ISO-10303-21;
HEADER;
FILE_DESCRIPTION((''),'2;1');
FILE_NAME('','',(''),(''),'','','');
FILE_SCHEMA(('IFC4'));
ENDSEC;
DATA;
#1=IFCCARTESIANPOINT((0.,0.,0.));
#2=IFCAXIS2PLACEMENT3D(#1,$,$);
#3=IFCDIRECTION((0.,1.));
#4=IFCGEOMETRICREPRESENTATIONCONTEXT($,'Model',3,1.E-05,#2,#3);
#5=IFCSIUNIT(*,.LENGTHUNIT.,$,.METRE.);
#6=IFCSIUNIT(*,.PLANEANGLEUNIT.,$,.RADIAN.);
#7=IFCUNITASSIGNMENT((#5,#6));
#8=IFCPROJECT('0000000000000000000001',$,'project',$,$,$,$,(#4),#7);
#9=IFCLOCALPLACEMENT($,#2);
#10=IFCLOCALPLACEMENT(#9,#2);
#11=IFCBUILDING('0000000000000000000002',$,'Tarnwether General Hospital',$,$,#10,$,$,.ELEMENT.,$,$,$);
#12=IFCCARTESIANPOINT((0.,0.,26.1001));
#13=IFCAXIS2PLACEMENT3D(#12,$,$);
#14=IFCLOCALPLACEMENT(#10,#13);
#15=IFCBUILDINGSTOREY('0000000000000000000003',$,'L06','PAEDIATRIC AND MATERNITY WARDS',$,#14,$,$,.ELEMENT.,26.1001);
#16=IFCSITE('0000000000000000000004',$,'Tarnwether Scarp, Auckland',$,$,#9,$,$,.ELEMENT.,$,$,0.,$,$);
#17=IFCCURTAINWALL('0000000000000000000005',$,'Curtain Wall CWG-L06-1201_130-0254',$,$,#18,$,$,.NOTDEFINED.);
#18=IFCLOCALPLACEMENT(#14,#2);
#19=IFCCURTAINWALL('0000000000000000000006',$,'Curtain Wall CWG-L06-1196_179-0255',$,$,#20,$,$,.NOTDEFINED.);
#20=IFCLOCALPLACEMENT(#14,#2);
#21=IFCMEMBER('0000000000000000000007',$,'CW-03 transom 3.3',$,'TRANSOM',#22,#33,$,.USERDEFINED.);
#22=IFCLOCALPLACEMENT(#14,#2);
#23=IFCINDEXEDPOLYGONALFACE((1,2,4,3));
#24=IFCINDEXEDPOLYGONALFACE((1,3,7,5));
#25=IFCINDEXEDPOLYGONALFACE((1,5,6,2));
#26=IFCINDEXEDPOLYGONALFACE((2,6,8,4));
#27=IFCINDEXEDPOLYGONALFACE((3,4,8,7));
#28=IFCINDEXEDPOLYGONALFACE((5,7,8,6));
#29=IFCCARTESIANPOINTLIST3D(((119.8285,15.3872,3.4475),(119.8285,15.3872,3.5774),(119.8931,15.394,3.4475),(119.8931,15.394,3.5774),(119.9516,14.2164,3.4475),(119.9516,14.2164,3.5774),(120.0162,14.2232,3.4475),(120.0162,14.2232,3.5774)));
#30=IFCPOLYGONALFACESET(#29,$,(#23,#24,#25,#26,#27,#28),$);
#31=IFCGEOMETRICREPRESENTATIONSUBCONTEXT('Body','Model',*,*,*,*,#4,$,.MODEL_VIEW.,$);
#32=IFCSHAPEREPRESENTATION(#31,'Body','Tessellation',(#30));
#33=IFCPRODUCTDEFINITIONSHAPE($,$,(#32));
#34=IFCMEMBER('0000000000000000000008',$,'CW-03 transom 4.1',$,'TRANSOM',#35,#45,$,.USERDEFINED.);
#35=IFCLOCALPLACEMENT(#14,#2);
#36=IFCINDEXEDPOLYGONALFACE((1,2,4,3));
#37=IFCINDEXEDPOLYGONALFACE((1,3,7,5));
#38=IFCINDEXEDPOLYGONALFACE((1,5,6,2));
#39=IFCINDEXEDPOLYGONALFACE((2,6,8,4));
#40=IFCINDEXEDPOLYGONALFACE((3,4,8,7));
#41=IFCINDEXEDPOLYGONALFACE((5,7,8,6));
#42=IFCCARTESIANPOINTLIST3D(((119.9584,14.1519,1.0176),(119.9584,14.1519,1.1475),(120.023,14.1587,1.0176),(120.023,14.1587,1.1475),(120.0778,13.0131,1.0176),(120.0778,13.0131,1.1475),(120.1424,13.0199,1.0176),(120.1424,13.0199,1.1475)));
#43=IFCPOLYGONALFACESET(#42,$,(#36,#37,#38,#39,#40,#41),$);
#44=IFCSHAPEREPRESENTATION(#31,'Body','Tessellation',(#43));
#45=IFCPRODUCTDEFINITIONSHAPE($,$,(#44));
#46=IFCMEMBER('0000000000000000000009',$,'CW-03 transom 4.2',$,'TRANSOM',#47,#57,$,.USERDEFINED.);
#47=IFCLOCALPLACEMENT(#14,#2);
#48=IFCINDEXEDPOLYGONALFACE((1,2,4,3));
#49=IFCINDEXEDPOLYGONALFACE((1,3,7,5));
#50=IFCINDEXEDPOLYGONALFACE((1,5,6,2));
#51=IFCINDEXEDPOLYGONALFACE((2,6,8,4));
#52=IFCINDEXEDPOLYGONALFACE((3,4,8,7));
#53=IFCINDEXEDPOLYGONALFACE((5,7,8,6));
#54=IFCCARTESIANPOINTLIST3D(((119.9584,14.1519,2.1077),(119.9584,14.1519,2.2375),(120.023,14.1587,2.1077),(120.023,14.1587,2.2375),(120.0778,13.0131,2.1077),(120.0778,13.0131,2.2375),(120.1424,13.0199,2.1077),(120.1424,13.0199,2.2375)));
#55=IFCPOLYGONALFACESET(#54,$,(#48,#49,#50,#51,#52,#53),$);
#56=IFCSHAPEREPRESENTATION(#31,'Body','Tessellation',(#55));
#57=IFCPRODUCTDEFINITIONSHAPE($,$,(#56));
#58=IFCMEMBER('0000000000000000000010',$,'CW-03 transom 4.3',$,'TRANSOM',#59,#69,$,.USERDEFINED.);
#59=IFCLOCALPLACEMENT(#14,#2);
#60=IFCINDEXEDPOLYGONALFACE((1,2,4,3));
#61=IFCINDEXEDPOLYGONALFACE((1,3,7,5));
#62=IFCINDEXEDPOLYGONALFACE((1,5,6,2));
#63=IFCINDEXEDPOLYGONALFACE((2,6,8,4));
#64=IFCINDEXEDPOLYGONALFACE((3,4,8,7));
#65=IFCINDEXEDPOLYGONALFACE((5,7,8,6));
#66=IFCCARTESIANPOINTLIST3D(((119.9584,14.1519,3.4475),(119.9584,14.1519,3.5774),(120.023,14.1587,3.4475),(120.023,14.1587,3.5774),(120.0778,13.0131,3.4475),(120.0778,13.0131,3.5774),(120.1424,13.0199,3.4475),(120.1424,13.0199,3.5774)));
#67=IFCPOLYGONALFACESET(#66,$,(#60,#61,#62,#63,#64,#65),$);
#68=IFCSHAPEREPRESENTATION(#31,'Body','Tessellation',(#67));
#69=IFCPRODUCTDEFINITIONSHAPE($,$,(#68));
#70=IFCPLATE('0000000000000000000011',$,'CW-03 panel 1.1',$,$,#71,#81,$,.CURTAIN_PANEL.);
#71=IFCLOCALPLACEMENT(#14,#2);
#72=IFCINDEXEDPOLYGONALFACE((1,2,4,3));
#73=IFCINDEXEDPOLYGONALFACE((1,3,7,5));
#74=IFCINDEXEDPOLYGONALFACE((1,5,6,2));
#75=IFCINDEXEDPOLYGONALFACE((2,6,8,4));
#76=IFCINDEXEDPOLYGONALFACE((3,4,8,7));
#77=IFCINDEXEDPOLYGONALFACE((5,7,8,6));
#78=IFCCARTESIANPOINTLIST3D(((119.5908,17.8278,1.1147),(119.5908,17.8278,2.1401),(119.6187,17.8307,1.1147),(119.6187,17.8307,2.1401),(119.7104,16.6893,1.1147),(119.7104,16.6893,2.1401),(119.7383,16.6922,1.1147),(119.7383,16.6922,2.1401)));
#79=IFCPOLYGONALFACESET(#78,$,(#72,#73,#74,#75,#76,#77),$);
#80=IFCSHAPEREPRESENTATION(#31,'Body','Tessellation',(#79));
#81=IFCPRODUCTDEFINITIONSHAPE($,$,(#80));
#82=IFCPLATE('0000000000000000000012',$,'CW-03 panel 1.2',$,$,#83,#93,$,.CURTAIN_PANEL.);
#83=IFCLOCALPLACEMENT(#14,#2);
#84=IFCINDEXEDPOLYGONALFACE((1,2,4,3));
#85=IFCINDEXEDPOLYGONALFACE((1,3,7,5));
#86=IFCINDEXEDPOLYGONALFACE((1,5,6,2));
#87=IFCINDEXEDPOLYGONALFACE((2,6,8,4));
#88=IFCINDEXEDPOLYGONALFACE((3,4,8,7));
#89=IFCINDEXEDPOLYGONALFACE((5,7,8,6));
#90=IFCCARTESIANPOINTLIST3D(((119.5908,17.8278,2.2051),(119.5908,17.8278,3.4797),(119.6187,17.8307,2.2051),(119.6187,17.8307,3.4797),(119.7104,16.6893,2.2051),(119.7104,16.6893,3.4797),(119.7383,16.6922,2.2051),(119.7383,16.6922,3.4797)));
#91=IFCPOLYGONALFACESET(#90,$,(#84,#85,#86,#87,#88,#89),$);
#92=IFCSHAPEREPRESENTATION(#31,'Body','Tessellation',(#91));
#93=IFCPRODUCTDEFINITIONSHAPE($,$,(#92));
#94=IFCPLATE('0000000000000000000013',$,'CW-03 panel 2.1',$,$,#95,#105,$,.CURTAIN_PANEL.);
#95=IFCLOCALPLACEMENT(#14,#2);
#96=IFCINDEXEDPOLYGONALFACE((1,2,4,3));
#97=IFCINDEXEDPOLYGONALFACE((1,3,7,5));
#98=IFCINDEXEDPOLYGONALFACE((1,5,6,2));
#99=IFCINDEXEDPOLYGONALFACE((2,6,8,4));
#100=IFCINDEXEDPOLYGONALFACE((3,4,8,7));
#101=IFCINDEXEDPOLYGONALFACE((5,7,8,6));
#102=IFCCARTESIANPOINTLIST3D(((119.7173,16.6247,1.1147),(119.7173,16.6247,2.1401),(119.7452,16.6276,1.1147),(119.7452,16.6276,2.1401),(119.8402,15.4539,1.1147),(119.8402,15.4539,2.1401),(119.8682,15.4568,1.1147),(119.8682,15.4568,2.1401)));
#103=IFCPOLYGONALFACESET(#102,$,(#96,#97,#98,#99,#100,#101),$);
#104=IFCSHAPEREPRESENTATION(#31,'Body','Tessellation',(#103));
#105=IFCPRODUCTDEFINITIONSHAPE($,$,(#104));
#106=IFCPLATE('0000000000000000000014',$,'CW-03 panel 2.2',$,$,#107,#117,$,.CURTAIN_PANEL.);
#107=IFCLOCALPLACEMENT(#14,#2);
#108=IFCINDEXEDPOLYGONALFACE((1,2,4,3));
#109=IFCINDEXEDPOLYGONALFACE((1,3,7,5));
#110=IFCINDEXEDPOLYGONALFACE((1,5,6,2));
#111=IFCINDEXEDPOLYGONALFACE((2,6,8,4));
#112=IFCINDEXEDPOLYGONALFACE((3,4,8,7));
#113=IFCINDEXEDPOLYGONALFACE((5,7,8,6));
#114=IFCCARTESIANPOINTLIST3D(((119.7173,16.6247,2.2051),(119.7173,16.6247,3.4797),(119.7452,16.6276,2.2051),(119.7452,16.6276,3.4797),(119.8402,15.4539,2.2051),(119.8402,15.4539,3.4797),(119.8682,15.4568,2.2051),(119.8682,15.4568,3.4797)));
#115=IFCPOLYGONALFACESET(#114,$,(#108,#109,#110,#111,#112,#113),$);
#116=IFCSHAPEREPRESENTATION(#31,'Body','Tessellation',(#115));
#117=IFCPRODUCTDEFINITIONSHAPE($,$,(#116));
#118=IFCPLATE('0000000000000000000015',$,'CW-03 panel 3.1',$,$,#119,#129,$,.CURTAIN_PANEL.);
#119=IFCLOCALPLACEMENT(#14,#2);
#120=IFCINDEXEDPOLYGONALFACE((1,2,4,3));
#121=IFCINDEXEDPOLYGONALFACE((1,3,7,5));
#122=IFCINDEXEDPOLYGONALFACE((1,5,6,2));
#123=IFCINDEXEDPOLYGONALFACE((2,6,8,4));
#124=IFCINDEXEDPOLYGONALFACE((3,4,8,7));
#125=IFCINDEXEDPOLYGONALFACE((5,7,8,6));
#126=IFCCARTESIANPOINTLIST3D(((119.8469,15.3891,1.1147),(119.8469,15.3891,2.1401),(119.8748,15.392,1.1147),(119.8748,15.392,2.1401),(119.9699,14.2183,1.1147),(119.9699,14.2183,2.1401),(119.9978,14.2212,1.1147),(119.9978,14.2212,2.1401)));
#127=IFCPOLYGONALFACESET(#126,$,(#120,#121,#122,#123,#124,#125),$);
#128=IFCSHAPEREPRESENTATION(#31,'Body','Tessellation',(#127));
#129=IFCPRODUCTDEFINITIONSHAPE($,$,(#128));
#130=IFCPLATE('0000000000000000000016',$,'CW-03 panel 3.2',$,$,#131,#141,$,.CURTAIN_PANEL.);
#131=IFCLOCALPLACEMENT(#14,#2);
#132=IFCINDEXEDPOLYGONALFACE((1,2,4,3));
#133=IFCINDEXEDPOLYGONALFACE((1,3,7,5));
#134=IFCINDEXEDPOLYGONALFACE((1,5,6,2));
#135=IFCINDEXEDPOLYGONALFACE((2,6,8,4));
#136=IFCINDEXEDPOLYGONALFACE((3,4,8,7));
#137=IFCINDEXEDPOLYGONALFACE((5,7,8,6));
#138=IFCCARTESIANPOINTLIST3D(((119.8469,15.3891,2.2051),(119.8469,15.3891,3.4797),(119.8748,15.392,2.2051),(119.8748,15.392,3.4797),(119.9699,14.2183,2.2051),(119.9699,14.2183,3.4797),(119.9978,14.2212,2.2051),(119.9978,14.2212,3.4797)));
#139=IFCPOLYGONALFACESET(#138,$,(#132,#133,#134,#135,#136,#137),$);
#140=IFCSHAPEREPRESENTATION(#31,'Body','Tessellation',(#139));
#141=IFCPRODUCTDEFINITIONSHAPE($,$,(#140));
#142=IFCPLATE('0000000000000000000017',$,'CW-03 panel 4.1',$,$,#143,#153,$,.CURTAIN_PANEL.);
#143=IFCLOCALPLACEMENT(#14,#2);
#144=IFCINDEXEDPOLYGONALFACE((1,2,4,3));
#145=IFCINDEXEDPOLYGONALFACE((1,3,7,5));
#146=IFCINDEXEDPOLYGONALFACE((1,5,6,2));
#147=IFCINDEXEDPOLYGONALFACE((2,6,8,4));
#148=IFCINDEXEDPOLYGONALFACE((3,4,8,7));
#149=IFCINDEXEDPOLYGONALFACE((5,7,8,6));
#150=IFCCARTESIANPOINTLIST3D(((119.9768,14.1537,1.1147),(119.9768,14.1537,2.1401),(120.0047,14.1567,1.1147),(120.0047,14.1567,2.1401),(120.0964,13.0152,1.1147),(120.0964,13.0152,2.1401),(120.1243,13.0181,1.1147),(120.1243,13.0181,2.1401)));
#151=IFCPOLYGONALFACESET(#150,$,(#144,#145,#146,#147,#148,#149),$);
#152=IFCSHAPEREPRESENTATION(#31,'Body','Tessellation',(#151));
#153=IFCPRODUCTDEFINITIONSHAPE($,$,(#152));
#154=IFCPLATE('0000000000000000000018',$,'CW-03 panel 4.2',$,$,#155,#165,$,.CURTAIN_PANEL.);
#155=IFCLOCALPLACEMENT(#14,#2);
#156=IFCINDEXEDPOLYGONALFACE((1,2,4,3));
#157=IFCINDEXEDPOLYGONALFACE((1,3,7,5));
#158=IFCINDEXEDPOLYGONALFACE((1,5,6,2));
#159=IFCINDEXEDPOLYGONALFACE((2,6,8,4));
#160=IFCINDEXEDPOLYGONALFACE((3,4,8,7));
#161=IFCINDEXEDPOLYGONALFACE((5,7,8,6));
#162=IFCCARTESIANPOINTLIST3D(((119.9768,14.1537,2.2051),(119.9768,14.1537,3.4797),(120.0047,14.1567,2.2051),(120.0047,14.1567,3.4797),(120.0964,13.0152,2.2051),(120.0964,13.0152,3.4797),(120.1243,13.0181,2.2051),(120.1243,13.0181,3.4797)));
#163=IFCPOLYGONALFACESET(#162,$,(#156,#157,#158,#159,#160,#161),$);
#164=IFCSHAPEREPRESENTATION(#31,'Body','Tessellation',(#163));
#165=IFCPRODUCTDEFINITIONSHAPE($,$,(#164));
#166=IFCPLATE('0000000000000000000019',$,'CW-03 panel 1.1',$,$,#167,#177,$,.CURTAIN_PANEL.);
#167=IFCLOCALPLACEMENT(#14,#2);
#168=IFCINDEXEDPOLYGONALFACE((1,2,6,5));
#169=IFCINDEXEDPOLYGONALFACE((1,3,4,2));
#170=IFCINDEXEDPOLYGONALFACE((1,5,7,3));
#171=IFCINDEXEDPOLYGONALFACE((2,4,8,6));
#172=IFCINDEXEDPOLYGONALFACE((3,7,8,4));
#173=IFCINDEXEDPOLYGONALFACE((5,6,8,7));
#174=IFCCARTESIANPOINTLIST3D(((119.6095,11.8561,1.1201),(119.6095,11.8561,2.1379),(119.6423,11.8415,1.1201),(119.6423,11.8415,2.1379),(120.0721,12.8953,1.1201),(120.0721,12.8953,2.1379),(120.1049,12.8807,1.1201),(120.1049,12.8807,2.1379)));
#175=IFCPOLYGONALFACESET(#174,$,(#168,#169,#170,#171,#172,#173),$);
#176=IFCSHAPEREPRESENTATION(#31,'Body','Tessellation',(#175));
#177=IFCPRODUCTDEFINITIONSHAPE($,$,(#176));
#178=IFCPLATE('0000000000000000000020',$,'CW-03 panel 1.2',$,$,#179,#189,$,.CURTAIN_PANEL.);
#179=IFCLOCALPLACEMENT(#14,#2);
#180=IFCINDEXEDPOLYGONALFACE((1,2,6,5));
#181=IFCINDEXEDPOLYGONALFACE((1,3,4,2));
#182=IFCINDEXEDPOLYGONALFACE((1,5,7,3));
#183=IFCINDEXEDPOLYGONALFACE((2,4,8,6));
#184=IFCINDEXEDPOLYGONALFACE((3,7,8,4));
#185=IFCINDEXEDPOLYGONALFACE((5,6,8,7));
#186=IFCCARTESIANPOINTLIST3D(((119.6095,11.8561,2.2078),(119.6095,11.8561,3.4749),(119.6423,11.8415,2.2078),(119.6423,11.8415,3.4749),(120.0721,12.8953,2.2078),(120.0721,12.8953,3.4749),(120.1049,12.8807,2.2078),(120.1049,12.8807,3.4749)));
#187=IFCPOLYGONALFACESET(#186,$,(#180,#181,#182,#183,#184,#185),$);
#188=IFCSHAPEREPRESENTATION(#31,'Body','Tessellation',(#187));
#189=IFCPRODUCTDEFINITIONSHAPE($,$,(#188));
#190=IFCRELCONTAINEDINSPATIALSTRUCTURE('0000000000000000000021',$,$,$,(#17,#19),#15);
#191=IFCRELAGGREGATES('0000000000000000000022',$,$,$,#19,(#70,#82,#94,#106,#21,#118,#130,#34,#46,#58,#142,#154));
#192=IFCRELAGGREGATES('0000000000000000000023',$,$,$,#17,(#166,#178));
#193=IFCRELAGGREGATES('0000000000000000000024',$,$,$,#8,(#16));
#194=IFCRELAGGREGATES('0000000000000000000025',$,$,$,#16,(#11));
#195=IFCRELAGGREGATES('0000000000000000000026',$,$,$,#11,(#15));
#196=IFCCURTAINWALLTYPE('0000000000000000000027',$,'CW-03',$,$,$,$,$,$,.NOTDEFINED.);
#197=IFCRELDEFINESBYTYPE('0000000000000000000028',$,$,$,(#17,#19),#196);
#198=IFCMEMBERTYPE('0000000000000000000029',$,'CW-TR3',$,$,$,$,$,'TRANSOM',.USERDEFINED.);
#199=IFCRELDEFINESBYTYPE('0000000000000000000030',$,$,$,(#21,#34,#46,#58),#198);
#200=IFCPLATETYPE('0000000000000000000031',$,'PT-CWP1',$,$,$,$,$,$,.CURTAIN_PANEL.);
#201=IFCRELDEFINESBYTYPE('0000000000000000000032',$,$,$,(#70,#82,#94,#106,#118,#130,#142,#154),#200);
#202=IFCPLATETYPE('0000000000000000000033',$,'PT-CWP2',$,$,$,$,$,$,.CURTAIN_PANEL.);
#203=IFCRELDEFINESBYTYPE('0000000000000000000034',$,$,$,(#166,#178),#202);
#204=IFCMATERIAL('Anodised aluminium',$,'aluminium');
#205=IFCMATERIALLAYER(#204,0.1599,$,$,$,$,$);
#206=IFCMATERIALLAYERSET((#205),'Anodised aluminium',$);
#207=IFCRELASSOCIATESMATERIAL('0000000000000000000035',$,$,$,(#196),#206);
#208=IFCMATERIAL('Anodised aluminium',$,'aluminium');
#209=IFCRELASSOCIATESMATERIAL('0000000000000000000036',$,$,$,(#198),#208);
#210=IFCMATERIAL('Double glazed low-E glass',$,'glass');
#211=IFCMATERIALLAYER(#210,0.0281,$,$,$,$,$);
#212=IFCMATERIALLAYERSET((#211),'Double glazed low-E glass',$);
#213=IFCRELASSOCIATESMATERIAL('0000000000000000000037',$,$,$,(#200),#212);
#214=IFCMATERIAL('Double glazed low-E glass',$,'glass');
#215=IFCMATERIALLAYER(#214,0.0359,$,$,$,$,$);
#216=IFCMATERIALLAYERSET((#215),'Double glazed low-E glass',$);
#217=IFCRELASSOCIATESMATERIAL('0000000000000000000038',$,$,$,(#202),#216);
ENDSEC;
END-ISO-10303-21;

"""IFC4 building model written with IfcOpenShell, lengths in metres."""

from ifc_helpers import new_model, si_unit, direction, frame, origin, origin_2d, place, context, subcontext, project, spatial, rectangle, extrude, material, layer, layer_set, material_profile, profile_set, type_object, element, aggregate, save


model = new_model("IFC4")

# Units and contexts
model_context = context("Model", 3, precision=1e-05, world=origin(), true_north=direction((0.0, 1.0)))
body_context = subcontext(model_context, "Body", "Model", "MODEL_VIEW")
ifc_project = project(units=[si_unit("LENGTHUNIT", "METRE"), si_unit("PLANEANGLEUNIT", "RADIAN")], contexts=[model_context])

# Site, building, storey
site_placement = place(None, origin())
site = spatial("IfcSite", under=ifc_project, at=site_placement, Name="Tarnwether Scarp, Auckland", CompositionType="ELEMENT", RefElevation=0.0)
building_placement = place(site_placement, origin())
building = spatial("IfcBuilding", under=site, at=building_placement, Name="Tarnwether General Hospital", CompositionType="ELEMENT")
storey_placement = place(building_placement, frame((0.0, 0.0, 26.1001)))
storey = spatial("IfcBuildingStorey", under=building, at=storey_placement, Name="L06", Description="PAEDIATRIC AND MATERNITY WARDS", CompositionType="ELEMENT", Elevation=26.1001)

# Curtain walls
ifc_material_1 = material(Name="Anodised aluminium", Category="aluminium")
ifc_layer_1 = layer(ifc_material_1, 0.1599)
ifc_layer_set_1 = layer_set([ifc_layer_1], Name="Anodised aluminium")
curtain_wall_type = type_object("IfcCurtainWallType", Name="CW-03", PredefinedType="NOTDEFINED", material=ifc_layer_set_1)
curtain_wall_1_placement = place(storey_placement, origin())
curtain_wall_1 = element("IfcCurtainWall", 1, at=curtain_wall_1_placement, inside=storey, type_object=curtain_wall_type, Name="Curtain Wall CWG-L06-1201_130-0254", PredefinedType="NOTDEFINED")
curtain_wall_2_placement = place(storey_placement, origin())
curtain_wall_2 = element("IfcCurtainWall", 2, at=curtain_wall_2_placement, inside=storey, type_object=curtain_wall_type, Name="Curtain Wall CWG-L06-1196_179-0255", PredefinedType="NOTDEFINED")

# Members
ifc_material_2 = material(Name="Anodised aluminium", Category="aluminium")
ifc_material_profile_1 = material_profile(ifc_material_2, rectangle(XDim=0.0649, YDim=0.1299, at=origin_2d()), Name="ALU-TRN-65x130")
ifc_profile_set_1 = profile_set([ifc_material_profile_1], Name="Anodised aluminium")
member_type_1 = type_object("IfcMemberType", Name="CW-TR3", ElementType="TRANSOM", PredefinedType="USERDEFINED", material=ifc_profile_set_1)
member_1_placement = place(storey_placement, frame((119.8608, 15.3906, 3.5125), z_axis=(0.104512, -0.994524, 0.0), x_axis=(0.994524, 0.104512, 0.0)))
member_1 = element("IfcMember", 3, at=member_1_placement, type_object=member_type_1, Name="CW-03 transom 3.3", ObjectType="TRANSOM", PredefinedType="USERDEFINED", context=body_context, shape_type="SweptSolid", body=[
    extrude(rectangle(XDim=0.0649, YDim=0.1299, at=origin_2d()), origin(), (0.0, 0.0, 1.0), 1.1772),
])
member_2_placement = place(storey_placement, frame((119.9907, 14.1553, 1.0825), z_axis=(0.104274, -0.994549, 0.0), x_axis=(0.994549, 0.104274, 0.0)))
member_2 = element("IfcMember", 4, at=member_2_placement, type_object=member_type_1, Name="CW-03 transom 4.1", ObjectType="TRANSOM", PredefinedType="USERDEFINED", context=body_context, shape_type="SweptSolid", body=[
    extrude(rectangle(XDim=0.0649, YDim=0.1299, at=origin_2d()), origin(), (0.0, 0.0, 1.0), 1.145),
])
member_3_placement = place(storey_placement, frame((119.9907, 14.1553, 2.1726), z_axis=(0.104274, -0.994549, 0.0), x_axis=(0.994549, 0.104274, 0.0)))
member_3 = element("IfcMember", 5, at=member_3_placement, type_object=member_type_1, Name="CW-03 transom 4.2", ObjectType="TRANSOM", PredefinedType="USERDEFINED", context=body_context, shape_type="SweptSolid", body=[
    extrude(rectangle(XDim=0.0649, YDim=0.1299, at=origin_2d()), origin(), (0.0, 0.0, 1.0), 1.145),
])
member_4_placement = place(storey_placement, frame((119.9907, 14.1553, 3.5125), z_axis=(0.104274, -0.994549, 0.0), x_axis=(0.994549, 0.104274, 0.0)))
member_4 = element("IfcMember", 6, at=member_4_placement, type_object=member_type_1, Name="CW-03 transom 4.3", ObjectType="TRANSOM", PredefinedType="USERDEFINED", context=body_context, shape_type="SweptSolid", body=[
    extrude(rectangle(XDim=0.0649, YDim=0.1299, at=origin_2d()), origin(), (0.0, 0.0, 1.0), 1.145),
])

# Plates
ifc_material_3 = material(Name="Double glazed low-E glass", Category="glass")
ifc_layer_2 = layer(ifc_material_3, 0.0281)
ifc_layer_set_2 = layer_set([ifc_layer_2], Name="Double glazed low-E glass")
plate_type_1 = type_object("IfcPlateType", Name="PT-CWP1", PredefinedType="CURTAIN_PANEL", material=ifc_layer_set_2)
plate_1_placement = place(storey_placement, frame((119.6646, 17.26, 1.1147), z_axis=(0.0, 0.0, 1.0), x_axis=(0.104444, -0.994531, 0.0)))
plate_1 = element("IfcPlate", 7, at=plate_1_placement, type_object=plate_type_1, Name="CW-03 panel 1.1", PredefinedType="CURTAIN_PANEL", context=body_context, shape_type="SweptSolid", body=[
    extrude(rectangle(XDim=1.1448, YDim=0.0281, at=origin_2d()), origin(), (0.0, 0.0, 1.0), 1.0254),
])
plate_2_placement = place(storey_placement, frame((119.6646, 17.26, 2.2051), z_axis=(0.0, 0.0, 1.0), x_axis=(0.104444, -0.994531, 0.0)))
plate_2 = element("IfcPlate", 8, at=plate_2_placement, type_object=plate_type_1, Name="CW-03 panel 1.2", PredefinedType="CURTAIN_PANEL", context=body_context, shape_type="SweptSolid", body=[
    extrude(rectangle(XDim=1.1448, YDim=0.0281, at=origin_2d()), origin(), (0.0, 0.0, 1.0), 1.2747),
])
plate_3_placement = place(storey_placement, frame((119.7927, 16.0408, 1.1147), z_axis=(0.0, 0.0, 1.0), x_axis=(0.104444, -0.994531, 0.0)))
plate_3 = element("IfcPlate", 9, at=plate_3_placement, type_object=plate_type_1, Name="CW-03 panel 2.1", PredefinedType="CURTAIN_PANEL", context=body_context, shape_type="SweptSolid", body=[
    extrude(rectangle(XDim=1.1772, YDim=0.0281, at=origin_2d()), origin(), (0.0, 0.0, 1.0), 1.0254),
])
plate_4_placement = place(storey_placement, frame((119.7927, 16.0408, 2.2051), z_axis=(0.0, 0.0, 1.0), x_axis=(0.104444, -0.994531, 0.0)))
plate_4 = element("IfcPlate", 10, at=plate_4_placement, type_object=plate_type_1, Name="CW-03 panel 2.2", PredefinedType="CURTAIN_PANEL", context=body_context, shape_type="SweptSolid", body=[
    extrude(rectangle(XDim=1.1772, YDim=0.0281, at=origin_2d()), origin(), (0.0, 0.0, 1.0), 1.2747),
])
plate_5_placement = place(storey_placement, frame((119.9224, 14.8052, 1.1147), z_axis=(0.0, 0.0, 1.0), x_axis=(0.104444, -0.994531, 0.0)))
plate_5 = element("IfcPlate", 11, at=plate_5_placement, type_object=plate_type_1, Name="CW-03 panel 3.1", PredefinedType="CURTAIN_PANEL", context=body_context, shape_type="SweptSolid", body=[
    extrude(rectangle(XDim=1.1772, YDim=0.0281, at=origin_2d()), origin(), (0.0, 0.0, 1.0), 1.0254),
])
plate_6_placement = place(storey_placement, frame((119.9224, 14.8052, 2.2051), z_axis=(0.0, 0.0, 1.0), x_axis=(0.104444, -0.994531, 0.0)))
plate_6 = element("IfcPlate", 12, at=plate_6_placement, type_object=plate_type_1, Name="CW-03 panel 3.2", PredefinedType="CURTAIN_PANEL", context=body_context, shape_type="SweptSolid", body=[
    extrude(rectangle(XDim=1.1772, YDim=0.0281, at=origin_2d()), origin(), (0.0, 0.0, 1.0), 1.2747),
])
plate_7_placement = place(storey_placement, frame((120.0505, 13.5859, 1.1147), z_axis=(0.0, 0.0, 1.0), x_axis=(0.104444, -0.994531, 0.0)))
plate_7 = element("IfcPlate", 13, at=plate_7_placement, type_object=plate_type_1, Name="CW-03 panel 4.1", PredefinedType="CURTAIN_PANEL", context=body_context, shape_type="SweptSolid", body=[
    extrude(rectangle(XDim=1.1448, YDim=0.0281, at=origin_2d()), origin(), (0.0, 0.0, 1.0), 1.0254),
])
plate_8_placement = place(storey_placement, frame((120.0505, 13.5859, 2.2051), z_axis=(0.0, 0.0, 1.0), x_axis=(0.104444, -0.994531, 0.0)))
plate_8 = element("IfcPlate", 14, at=plate_8_placement, type_object=plate_type_1, Name="CW-03 panel 4.2", PredefinedType="CURTAIN_PANEL", context=body_context, shape_type="SweptSolid", body=[
    extrude(rectangle(XDim=1.1448, YDim=0.0281, at=origin_2d()), origin(), (0.0, 0.0, 1.0), 1.2747),
])
aggregate(curtain_wall_2, [plate_1, plate_2, plate_3, plate_4, member_1, plate_5, plate_6, member_2, member_3, member_4, plate_7, plate_8])
ifc_material_4 = material(Name="Double glazed low-E glass", Category="glass")
ifc_layer_3 = layer(ifc_material_4, 0.0359)
ifc_layer_set_3 = layer_set([ifc_layer_3], Name="Double glazed low-E glass")
plate_type_2 = type_object("IfcPlateType", Name="PT-CWP2", PredefinedType="CURTAIN_PANEL", material=ifc_layer_set_3)
plate_9_placement = place(storey_placement, frame((119.8572, 12.3684, 1.1201), z_axis=(0.0, 0.0, 1.0), x_axis=(-0.40668, -0.913571, 0.0)))
plate_9 = element("IfcPlate", 15, at=plate_9_placement, type_object=plate_type_2, Name="CW-03 panel 1.1", PredefinedType="CURTAIN_PANEL", context=body_context, shape_type="SweptSolid", body=[
    extrude(rectangle(XDim=1.1375, YDim=0.0359, at=origin_2d()), origin(), (0.0, 0.0, 1.0), 1.0178),
])
plate_10_placement = place(storey_placement, frame((119.8572, 12.3684, 2.2078), z_axis=(0.0, 0.0, 1.0), x_axis=(-0.40668, -0.913571, 0.0)))
plate_10 = element("IfcPlate", 16, at=plate_10_placement, type_object=plate_type_2, Name="CW-03 panel 1.2", PredefinedType="CURTAIN_PANEL", context=body_context, shape_type="SweptSolid", body=[
    extrude(rectangle(XDim=1.1375, YDim=0.0359, at=origin_2d()), origin(), (0.0, 0.0, 1.0), 1.2671),
])
aggregate(curtain_wall_1, [plate_9, plate_10])

save(model, "model.ifc")
